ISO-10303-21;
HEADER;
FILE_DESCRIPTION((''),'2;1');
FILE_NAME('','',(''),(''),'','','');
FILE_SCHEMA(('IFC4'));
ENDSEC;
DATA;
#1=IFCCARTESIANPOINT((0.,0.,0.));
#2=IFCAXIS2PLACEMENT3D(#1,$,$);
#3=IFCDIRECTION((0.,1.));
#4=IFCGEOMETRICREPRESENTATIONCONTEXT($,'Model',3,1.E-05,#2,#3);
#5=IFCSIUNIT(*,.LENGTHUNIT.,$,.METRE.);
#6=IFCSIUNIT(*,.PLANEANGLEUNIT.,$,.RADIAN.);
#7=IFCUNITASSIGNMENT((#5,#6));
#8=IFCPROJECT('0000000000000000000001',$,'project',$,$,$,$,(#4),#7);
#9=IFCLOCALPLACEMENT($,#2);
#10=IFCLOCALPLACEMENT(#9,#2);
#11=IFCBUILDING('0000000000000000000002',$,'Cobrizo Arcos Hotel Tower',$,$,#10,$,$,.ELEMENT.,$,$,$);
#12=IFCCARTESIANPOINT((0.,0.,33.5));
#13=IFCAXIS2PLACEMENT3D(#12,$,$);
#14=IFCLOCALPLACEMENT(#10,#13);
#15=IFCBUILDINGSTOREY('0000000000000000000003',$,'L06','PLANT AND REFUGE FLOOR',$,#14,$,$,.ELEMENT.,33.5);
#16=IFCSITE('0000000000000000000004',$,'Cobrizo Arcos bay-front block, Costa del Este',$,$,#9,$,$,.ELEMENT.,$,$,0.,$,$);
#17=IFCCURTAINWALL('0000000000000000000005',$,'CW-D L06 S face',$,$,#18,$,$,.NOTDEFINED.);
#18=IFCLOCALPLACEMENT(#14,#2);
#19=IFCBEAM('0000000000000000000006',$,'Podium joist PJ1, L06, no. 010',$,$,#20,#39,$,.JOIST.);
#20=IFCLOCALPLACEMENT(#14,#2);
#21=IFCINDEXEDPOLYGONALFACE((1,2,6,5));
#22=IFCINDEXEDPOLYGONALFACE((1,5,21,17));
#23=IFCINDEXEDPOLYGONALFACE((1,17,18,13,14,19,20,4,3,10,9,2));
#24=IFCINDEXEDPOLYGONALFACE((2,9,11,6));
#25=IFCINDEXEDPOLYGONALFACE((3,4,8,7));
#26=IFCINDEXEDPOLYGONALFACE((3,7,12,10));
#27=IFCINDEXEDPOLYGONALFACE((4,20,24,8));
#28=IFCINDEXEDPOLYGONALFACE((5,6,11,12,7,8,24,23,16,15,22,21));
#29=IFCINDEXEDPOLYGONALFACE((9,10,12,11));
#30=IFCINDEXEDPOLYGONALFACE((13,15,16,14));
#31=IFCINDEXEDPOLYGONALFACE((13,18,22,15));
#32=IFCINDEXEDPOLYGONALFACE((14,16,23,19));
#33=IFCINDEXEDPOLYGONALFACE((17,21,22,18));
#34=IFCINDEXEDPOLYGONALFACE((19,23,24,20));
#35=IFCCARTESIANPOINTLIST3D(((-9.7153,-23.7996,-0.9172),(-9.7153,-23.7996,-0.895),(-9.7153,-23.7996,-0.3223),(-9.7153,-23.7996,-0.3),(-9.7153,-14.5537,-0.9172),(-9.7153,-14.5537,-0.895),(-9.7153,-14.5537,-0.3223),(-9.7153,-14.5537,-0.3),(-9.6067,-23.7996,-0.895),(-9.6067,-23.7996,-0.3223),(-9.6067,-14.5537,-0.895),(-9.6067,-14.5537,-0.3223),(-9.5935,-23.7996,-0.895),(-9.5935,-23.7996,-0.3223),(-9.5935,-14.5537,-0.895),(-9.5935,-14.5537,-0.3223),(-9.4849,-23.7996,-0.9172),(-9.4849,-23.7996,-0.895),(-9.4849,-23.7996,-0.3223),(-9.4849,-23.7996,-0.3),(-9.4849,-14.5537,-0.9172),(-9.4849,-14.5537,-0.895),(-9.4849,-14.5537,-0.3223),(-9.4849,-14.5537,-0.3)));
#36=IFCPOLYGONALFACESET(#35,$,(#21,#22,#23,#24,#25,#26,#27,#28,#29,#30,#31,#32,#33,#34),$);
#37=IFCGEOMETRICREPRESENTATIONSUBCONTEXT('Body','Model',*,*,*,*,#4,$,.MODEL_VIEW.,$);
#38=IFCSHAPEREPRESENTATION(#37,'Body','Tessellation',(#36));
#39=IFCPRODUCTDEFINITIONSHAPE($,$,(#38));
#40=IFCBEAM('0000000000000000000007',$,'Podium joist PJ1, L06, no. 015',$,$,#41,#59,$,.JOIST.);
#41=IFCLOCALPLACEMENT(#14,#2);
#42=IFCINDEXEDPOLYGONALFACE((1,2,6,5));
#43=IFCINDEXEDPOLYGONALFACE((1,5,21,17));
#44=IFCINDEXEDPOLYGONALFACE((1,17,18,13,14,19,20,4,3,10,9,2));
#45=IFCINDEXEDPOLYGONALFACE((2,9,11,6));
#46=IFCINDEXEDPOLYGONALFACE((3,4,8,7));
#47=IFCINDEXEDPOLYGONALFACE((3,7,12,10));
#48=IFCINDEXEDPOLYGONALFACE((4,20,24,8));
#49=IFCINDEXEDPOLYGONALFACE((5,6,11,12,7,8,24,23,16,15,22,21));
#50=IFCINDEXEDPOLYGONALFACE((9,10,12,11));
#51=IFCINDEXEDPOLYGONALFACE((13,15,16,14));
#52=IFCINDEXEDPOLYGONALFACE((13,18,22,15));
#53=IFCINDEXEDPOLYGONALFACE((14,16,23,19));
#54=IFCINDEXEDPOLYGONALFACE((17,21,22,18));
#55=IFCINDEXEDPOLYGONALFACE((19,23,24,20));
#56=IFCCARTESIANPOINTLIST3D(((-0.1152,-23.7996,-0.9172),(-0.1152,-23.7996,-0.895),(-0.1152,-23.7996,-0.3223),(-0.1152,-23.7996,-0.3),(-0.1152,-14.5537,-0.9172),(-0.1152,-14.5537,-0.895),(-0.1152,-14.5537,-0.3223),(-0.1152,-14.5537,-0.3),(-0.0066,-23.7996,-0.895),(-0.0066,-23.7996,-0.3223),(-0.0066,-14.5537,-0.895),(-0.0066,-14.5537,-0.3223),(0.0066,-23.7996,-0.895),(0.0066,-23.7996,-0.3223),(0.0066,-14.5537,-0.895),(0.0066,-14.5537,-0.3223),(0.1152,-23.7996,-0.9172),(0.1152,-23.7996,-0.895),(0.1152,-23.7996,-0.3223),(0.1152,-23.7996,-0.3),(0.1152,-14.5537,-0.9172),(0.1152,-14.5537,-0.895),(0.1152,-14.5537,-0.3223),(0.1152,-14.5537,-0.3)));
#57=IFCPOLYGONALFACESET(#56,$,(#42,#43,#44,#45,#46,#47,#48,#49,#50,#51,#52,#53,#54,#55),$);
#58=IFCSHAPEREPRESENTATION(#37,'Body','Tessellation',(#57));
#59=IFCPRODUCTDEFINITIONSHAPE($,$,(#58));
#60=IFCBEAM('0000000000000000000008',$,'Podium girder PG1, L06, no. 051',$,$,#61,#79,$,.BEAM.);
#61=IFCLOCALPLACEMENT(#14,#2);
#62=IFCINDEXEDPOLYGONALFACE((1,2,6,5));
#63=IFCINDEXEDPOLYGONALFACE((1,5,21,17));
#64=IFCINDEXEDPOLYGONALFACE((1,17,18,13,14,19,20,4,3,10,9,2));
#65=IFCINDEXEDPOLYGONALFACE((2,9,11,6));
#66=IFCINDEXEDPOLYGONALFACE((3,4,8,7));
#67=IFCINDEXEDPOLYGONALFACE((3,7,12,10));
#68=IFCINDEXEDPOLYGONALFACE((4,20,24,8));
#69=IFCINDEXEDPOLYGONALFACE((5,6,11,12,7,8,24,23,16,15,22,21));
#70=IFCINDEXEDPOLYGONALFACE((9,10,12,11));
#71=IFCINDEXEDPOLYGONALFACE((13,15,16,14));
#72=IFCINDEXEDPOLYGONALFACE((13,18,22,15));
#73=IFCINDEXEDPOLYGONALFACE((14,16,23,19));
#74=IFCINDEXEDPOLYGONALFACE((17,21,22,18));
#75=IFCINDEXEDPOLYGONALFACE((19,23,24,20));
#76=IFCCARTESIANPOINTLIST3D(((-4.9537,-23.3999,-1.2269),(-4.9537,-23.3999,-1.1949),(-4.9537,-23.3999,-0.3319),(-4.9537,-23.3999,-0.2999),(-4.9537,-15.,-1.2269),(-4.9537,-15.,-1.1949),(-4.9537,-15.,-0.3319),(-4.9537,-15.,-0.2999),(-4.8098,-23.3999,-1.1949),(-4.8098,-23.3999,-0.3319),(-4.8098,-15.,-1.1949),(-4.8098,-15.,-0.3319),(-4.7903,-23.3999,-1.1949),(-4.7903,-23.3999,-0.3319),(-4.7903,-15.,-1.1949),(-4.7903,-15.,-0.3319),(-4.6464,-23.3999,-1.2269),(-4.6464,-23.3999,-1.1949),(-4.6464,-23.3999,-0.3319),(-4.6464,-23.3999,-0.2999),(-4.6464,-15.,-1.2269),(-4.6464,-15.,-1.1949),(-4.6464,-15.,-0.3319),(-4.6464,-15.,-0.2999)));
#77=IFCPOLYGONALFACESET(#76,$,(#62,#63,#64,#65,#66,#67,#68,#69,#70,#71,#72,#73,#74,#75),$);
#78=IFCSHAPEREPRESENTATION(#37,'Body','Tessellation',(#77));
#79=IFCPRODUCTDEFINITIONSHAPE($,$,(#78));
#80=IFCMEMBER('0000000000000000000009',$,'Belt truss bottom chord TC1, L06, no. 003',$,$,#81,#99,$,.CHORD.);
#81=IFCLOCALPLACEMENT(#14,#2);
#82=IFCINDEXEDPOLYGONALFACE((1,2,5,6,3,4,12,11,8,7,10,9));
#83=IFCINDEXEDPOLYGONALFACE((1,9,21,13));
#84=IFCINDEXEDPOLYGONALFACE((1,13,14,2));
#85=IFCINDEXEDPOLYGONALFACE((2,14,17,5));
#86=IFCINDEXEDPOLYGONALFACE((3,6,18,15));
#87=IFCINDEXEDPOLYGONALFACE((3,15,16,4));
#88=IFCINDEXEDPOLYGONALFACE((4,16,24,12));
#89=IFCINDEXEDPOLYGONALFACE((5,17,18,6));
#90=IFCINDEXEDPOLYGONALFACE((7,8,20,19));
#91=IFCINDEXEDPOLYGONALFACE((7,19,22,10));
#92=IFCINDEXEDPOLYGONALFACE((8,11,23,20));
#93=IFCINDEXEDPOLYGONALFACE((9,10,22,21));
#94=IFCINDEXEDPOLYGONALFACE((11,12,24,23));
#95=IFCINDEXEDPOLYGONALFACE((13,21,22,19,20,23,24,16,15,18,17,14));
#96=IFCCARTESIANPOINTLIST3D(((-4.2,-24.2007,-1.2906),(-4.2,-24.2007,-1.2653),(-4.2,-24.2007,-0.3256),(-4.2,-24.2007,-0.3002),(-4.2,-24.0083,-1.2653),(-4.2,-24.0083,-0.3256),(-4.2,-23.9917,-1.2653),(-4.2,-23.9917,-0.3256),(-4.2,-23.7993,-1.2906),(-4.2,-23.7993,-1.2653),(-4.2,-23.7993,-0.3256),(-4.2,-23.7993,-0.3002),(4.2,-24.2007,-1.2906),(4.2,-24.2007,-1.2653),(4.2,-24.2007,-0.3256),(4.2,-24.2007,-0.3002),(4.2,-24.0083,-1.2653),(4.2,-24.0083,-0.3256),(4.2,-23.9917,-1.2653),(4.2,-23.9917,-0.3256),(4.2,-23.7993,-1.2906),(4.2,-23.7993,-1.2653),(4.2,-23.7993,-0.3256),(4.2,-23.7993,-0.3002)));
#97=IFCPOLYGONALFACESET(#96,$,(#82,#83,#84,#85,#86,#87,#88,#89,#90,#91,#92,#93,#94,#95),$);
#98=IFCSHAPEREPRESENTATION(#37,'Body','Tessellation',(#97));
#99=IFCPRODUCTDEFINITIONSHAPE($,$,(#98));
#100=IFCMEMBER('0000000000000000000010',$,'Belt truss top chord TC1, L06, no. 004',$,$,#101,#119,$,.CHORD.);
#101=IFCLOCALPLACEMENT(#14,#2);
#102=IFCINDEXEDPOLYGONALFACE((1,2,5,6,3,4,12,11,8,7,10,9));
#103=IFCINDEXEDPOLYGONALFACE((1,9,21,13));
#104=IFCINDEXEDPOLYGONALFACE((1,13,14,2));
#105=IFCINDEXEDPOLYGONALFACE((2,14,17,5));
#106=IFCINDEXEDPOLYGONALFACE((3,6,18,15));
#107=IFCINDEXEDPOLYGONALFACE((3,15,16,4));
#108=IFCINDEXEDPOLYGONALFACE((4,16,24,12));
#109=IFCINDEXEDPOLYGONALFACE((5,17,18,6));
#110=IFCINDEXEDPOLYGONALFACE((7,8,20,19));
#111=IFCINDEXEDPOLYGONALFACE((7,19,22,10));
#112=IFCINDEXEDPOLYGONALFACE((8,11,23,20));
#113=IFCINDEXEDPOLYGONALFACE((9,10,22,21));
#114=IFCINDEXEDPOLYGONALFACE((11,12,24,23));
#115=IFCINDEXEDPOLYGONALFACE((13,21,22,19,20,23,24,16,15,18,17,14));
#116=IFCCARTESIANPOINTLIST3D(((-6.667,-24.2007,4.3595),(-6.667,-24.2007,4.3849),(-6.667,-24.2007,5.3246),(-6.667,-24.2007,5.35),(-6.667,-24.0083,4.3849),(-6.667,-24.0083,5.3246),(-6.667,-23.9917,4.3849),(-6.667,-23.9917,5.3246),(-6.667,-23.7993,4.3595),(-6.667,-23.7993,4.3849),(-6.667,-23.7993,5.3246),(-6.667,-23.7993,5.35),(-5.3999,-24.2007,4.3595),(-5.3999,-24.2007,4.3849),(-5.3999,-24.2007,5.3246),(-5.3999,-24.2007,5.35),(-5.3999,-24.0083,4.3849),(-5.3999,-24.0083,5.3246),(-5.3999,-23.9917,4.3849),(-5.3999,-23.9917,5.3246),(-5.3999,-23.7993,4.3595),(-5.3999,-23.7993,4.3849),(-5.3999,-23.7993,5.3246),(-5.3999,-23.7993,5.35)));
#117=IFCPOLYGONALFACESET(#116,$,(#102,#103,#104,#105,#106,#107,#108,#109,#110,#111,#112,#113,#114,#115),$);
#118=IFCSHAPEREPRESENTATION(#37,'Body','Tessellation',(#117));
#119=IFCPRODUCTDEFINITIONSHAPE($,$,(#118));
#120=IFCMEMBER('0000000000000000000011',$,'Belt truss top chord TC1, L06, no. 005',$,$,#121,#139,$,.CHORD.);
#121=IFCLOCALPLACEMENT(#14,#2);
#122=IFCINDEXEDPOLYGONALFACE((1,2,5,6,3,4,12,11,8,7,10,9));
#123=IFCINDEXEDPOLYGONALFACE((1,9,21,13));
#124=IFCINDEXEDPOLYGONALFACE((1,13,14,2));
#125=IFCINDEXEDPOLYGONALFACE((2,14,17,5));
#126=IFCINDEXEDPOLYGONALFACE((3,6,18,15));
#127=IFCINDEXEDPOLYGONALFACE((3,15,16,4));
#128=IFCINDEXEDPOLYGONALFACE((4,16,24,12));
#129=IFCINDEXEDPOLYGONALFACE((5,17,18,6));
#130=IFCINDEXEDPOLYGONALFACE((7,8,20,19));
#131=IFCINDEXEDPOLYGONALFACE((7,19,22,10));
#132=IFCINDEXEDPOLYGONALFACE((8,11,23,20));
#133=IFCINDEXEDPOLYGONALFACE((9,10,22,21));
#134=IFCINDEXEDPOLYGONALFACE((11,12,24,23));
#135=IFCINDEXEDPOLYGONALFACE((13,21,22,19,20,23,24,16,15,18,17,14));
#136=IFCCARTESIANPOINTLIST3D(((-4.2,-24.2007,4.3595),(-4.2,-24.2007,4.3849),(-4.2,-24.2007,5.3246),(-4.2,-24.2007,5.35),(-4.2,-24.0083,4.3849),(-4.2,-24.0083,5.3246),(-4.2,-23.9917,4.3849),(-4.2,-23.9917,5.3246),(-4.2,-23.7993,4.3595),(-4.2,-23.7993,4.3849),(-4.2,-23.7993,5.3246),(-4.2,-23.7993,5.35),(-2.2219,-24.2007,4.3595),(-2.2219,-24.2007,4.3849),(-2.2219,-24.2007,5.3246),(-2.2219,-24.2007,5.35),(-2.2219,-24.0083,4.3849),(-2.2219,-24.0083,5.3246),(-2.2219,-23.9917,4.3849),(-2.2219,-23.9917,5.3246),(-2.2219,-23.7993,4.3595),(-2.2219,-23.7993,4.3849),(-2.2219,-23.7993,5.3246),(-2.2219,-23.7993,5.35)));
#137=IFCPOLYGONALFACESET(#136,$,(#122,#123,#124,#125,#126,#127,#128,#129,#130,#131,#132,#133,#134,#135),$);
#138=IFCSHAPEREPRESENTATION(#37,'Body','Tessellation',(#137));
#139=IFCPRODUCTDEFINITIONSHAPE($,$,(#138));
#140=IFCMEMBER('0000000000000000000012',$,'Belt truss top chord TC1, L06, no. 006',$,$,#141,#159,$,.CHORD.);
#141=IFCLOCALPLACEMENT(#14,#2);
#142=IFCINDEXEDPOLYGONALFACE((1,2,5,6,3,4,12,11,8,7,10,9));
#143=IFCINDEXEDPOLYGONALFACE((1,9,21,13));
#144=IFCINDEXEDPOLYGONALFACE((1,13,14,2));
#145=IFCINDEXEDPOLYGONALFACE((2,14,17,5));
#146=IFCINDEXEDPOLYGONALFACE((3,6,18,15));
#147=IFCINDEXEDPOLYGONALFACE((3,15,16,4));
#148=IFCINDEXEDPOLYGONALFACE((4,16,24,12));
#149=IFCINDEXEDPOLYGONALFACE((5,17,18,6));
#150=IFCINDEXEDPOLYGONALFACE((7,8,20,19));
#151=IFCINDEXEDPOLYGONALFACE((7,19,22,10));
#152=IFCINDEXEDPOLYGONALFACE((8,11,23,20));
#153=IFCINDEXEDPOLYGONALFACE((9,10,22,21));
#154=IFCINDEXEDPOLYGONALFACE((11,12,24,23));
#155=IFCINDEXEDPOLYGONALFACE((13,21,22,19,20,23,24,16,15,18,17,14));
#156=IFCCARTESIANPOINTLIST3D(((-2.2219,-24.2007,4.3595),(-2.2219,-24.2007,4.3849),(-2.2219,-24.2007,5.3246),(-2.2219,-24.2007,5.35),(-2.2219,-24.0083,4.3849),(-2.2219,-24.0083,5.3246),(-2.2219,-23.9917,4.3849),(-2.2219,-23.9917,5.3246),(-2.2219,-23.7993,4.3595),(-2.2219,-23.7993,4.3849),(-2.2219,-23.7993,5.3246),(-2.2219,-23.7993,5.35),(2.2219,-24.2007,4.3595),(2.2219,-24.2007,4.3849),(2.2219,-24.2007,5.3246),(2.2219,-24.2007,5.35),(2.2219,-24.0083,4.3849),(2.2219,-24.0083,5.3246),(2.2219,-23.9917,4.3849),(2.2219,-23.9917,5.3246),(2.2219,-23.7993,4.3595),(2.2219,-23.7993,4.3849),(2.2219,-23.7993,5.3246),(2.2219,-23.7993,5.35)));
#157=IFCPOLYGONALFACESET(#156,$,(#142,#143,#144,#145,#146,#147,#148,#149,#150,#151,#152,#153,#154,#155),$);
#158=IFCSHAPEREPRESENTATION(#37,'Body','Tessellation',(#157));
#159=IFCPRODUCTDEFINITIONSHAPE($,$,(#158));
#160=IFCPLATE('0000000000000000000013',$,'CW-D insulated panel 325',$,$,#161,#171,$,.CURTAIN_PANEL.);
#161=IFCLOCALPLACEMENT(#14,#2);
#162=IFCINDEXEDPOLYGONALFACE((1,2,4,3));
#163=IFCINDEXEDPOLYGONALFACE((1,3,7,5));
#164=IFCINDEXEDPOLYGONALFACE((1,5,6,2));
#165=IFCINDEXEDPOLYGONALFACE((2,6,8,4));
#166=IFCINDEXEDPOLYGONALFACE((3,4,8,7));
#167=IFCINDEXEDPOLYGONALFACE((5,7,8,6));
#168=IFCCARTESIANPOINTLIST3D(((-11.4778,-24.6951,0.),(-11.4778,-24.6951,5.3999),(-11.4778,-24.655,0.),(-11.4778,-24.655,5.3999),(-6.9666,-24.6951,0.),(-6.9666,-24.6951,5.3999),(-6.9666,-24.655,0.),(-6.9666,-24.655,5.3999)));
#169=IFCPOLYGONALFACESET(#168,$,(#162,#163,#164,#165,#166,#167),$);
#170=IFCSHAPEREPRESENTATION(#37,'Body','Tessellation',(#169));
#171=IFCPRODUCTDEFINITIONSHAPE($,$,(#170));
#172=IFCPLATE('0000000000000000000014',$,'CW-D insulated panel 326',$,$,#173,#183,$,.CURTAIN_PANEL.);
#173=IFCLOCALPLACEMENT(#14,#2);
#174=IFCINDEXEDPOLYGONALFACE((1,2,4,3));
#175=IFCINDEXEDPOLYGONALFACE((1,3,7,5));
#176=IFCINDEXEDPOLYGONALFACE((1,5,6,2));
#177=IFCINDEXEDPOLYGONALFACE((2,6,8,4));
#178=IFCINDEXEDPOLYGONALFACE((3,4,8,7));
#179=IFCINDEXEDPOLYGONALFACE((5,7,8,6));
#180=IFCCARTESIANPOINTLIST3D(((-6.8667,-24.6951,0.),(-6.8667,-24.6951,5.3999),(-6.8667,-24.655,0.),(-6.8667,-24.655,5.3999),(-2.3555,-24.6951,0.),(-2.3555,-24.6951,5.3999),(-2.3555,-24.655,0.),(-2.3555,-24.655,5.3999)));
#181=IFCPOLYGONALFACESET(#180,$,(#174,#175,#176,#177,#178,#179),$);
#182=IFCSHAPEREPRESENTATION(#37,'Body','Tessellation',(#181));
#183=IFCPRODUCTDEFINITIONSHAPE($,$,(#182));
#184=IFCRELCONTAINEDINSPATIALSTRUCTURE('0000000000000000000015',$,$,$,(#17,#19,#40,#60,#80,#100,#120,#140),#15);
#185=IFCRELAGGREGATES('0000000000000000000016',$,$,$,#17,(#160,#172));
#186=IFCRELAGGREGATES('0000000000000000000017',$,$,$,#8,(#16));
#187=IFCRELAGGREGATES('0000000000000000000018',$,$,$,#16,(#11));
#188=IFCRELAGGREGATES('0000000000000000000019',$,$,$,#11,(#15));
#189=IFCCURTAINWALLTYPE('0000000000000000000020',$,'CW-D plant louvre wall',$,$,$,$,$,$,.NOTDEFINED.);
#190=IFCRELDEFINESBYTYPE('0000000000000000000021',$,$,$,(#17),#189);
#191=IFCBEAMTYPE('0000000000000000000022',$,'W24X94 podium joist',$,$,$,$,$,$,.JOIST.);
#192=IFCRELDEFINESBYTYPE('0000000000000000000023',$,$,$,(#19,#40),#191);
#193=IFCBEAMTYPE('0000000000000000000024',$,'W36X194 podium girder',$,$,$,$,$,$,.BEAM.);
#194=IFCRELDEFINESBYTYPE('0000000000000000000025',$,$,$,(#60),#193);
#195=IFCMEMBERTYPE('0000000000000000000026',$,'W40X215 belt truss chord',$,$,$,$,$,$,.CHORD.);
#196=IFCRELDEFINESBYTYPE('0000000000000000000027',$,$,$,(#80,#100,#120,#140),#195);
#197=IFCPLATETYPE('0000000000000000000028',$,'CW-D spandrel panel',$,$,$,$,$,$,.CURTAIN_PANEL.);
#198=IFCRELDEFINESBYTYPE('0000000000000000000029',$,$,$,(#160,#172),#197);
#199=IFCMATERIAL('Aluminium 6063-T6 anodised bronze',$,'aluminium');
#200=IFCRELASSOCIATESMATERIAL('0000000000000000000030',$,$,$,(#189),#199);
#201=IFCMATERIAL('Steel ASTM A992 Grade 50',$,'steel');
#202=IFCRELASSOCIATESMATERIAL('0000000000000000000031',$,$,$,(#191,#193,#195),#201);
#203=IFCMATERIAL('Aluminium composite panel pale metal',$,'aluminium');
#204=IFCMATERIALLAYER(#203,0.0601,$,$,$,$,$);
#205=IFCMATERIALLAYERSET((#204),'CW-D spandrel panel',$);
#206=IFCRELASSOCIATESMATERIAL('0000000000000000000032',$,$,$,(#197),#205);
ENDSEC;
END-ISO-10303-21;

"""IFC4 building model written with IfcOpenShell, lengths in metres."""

from ifc_helpers import new_model, si_unit, direction, frame, origin, origin_2d, place, context, subcontext, project, spatial, rectangle, i_section, extrude, material, layer, layer_set, material_profile, profile_set, type_object, element, aggregate, save


model = new_model("IFC4")

# Units and contexts
model_context = context("Model", 3, precision=1e-05, world=origin(), true_north=direction((0.0, 1.0)))
body_context = subcontext(model_context, "Body", "Model", "MODEL_VIEW")
ifc_project = project(units=[si_unit("LENGTHUNIT", "METRE"), si_unit("PLANEANGLEUNIT", "RADIAN")], contexts=[model_context])

# Site, building, storey
site_placement = place(None, origin())
site = spatial("IfcSite", under=ifc_project, at=site_placement, Name="Cobrizo Arcos bay-front block, Costa del Este", CompositionType="ELEMENT", RefElevation=0.0)
building_placement = place(site_placement, origin())
building = spatial("IfcBuilding", under=site, at=building_placement, Name="Cobrizo Arcos Hotel Tower", CompositionType="ELEMENT")
storey_placement = place(building_placement, frame((0.0, 0.0, 33.5)))
storey = spatial("IfcBuildingStorey", under=building, at=storey_placement, Name="L06", Description="PLANT AND REFUGE FLOOR", CompositionType="ELEMENT", Elevation=33.5)

# Curtain wall
ifc_material_1 = material(Name="Aluminium 6063-T6 anodised bronze", Category="aluminium")
curtain_wall_type = type_object("IfcCurtainWallType", Name="CW-D plant louvre wall", PredefinedType="NOTDEFINED", material=ifc_material_1)
curtain_wall_placement = place(storey_placement, origin())
curtain_wall = element("IfcCurtainWall", 1, at=curtain_wall_placement, inside=storey, type_object=curtain_wall_type, Name="CW-D L06 S face", PredefinedType="NOTDEFINED")

# Shared definitions
ifc_material_2 = material(Name="Steel ASTM A992 Grade 50", Category="steel")

# Beams
ifc_material_profile_1 = material_profile(ifc_material_2, i_section(OverallWidth=0.2305, OverallDepth=0.6172, WebThickness=0.0132, FlangeThickness=0.0222, at=origin_2d()), Name="W24X94")
ifc_profile_set_1 = profile_set([ifc_material_profile_1], Name="Steel ASTM A992 Grade 50")
beam_type_1 = type_object("IfcBeamType", Name="W24X94 podium joist", PredefinedType="JOIST", material=ifc_profile_set_1)
for number, where, z_axis, x_axis, name in (
    (2, (-9.6001, -23.7996, -0.6086), (0.0, 1.0, 0.0), (-1.0, 0.0, 0.0), "Podium joist PJ1, L06, no. 010"),
    (3, (0.0, -23.7996, -0.6086), (0.0, 1.0, 0.0), (-1.0, 0.0, 0.0), "Podium joist PJ1, L06, no. 015"),
):
    element("IfcBeam", number, at=place(storey_placement, frame(where, z_axis=z_axis, x_axis=x_axis)), inside=storey, type_object=beam_type_1, Name=name, PredefinedType="JOIST", context=body_context, shape_type="SweptSolid", body=[
        extrude(i_section(OverallWidth=0.2305, OverallDepth=0.6172, WebThickness=0.0132, FlangeThickness=0.0222, at=origin_2d()), origin(), (0.0, 0.0, 1.0), 9.2458),
    ])
ifc_material_profile_2 = material_profile(ifc_material_2, i_section(OverallWidth=0.3074, OverallDepth=0.927, WebThickness=0.0195, FlangeThickness=0.032, at=origin_2d()), Name="W36X194")
ifc_profile_set_2 = profile_set([ifc_material_profile_2], Name="Steel ASTM A992 Grade 50")
beam_type_2 = type_object("IfcBeamType", Name="W36X194 podium girder", PredefinedType="BEAM", material=ifc_profile_set_2)
beam_placement = place(storey_placement, frame((-4.8, -23.3999, -0.7634), z_axis=(0.0, 1.0, 0.0), x_axis=(-1.0, 0.0, 0.0)))
element("IfcBeam", 4, at=beam_placement, inside=storey, type_object=beam_type_2, Name="Podium girder PG1, L06, no. 051", PredefinedType="BEAM", context=body_context, shape_type="SweptSolid", body=[
    extrude(i_section(OverallWidth=0.3074, OverallDepth=0.927, WebThickness=0.0195, FlangeThickness=0.032, at=origin_2d()), origin(), (0.0, 0.0, 1.0), 8.3999),
])

# Members
ifc_material_profile_3 = material_profile(ifc_material_2, i_section(OverallWidth=0.4014, OverallDepth=0.9905, WebThickness=0.0166, FlangeThickness=0.0254, at=origin_2d()), Name="W40X215")
ifc_profile_set_3 = profile_set([ifc_material_profile_3], Name="Steel ASTM A992 Grade 50")
member_type_1 = type_object("IfcMemberType", Name="W40X215 belt truss chord", PredefinedType="CHORD", material=ifc_profile_set_3)
member_1_placement = place(storey_placement, frame((-4.2, -24.0, -0.7954), z_axis=(1.0, 0.0, 0.0), x_axis=(0.0, 1.0, 0.0)))
element("IfcMember", 5, at=member_1_placement, inside=storey, type_object=member_type_1, Name="Belt truss bottom chord TC1, L06, no. 003", PredefinedType="CHORD", context=body_context, shape_type="SweptSolid", body=[
    extrude(i_section(OverallWidth=0.4014, OverallDepth=0.9905, WebThickness=0.0166, FlangeThickness=0.0254, at=origin_2d()), origin(), (0.0, 0.0, 1.0), 8.3999),
])
member_2_placement = place(storey_placement, frame((-6.667, -24.0, 4.8547), z_axis=(1.0, 0.0, 0.0), x_axis=(0.0, 1.0, 0.0)))
element("IfcMember", 6, at=member_2_placement, inside=storey, type_object=member_type_1, Name="Belt truss top chord TC1, L06, no. 004", PredefinedType="CHORD", context=body_context, shape_type="SweptSolid", body=[
    extrude(i_section(OverallWidth=0.4014, OverallDepth=0.9905, WebThickness=0.0166, FlangeThickness=0.0254, at=origin_2d()), origin(), (0.0, 0.0, 1.0), 1.2671),
])
member_3_placement = place(storey_placement, frame((-4.2, -24.0, 4.8547), z_axis=(1.0, 0.0, 0.0), x_axis=(0.0, 1.0, 0.0)))
element("IfcMember", 7, at=member_3_placement, inside=storey, type_object=member_type_1, Name="Belt truss top chord TC1, L06, no. 005", PredefinedType="CHORD", context=body_context, shape_type="SweptSolid", body=[
    extrude(i_section(OverallWidth=0.4014, OverallDepth=0.9905, WebThickness=0.0166, FlangeThickness=0.0254, at=origin_2d()), origin(), (0.0, 0.0, 1.0), 1.978),
])
member_4_placement = place(storey_placement, frame((-2.2219, -24.0, 4.8547), z_axis=(1.0, 0.0, 0.0), x_axis=(0.0, 1.0, 0.0)))
element("IfcMember", 8, at=member_4_placement, inside=storey, type_object=member_type_1, Name="Belt truss top chord TC1, L06, no. 006", PredefinedType="CHORD", context=body_context, shape_type="SweptSolid", body=[
    extrude(i_section(OverallWidth=0.4014, OverallDepth=0.9905, WebThickness=0.0166, FlangeThickness=0.0254, at=origin_2d()), origin(), (0.0, 0.0, 1.0), 4.4438),
])

# Plates
ifc_material_3 = material(Name="Aluminium composite panel pale metal", Category="aluminium")
ifc_layer_1 = layer(ifc_material_3, 0.0601)
ifc_layer_set_1 = layer_set([ifc_layer_1], Name="CW-D spandrel panel")
plate_type = type_object("IfcPlateType", Name="CW-D spandrel panel", PredefinedType="CURTAIN_PANEL", material=ifc_layer_set_1)
plate_1_placement = place(storey_placement, frame((-9.2222, -24.675, 0.0), z_axis=(0.0, 0.0, 1.0), x_axis=(1.0, 0.0, 0.0)))
plate_1 = element("IfcPlate", 9, at=plate_1_placement, type_object=plate_type, Name="CW-D insulated panel 325", PredefinedType="CURTAIN_PANEL", context=body_context, shape_type="SweptSolid", body=[
    extrude(rectangle(XDim=4.5112, YDim=0.04, at=origin_2d()), origin(), (0.0, 0.0, 1.0), 5.3999),
])
plate_2_placement = place(storey_placement, frame((-4.6111, -24.675, 0.0), z_axis=(0.0, 0.0, 1.0), x_axis=(1.0, 0.0, 0.0)))
plate_2 = element("IfcPlate", 10, at=plate_2_placement, type_object=plate_type, Name="CW-D insulated panel 326", PredefinedType="CURTAIN_PANEL", context=body_context, shape_type="SweptSolid", body=[
    extrude(rectangle(XDim=4.5112, YDim=0.04, at=origin_2d()), origin(), (0.0, 0.0, 1.0), 5.3999),
])
aggregate(curtain_wall, [plate_1, plate_2])

save(model, "model.ifc")
